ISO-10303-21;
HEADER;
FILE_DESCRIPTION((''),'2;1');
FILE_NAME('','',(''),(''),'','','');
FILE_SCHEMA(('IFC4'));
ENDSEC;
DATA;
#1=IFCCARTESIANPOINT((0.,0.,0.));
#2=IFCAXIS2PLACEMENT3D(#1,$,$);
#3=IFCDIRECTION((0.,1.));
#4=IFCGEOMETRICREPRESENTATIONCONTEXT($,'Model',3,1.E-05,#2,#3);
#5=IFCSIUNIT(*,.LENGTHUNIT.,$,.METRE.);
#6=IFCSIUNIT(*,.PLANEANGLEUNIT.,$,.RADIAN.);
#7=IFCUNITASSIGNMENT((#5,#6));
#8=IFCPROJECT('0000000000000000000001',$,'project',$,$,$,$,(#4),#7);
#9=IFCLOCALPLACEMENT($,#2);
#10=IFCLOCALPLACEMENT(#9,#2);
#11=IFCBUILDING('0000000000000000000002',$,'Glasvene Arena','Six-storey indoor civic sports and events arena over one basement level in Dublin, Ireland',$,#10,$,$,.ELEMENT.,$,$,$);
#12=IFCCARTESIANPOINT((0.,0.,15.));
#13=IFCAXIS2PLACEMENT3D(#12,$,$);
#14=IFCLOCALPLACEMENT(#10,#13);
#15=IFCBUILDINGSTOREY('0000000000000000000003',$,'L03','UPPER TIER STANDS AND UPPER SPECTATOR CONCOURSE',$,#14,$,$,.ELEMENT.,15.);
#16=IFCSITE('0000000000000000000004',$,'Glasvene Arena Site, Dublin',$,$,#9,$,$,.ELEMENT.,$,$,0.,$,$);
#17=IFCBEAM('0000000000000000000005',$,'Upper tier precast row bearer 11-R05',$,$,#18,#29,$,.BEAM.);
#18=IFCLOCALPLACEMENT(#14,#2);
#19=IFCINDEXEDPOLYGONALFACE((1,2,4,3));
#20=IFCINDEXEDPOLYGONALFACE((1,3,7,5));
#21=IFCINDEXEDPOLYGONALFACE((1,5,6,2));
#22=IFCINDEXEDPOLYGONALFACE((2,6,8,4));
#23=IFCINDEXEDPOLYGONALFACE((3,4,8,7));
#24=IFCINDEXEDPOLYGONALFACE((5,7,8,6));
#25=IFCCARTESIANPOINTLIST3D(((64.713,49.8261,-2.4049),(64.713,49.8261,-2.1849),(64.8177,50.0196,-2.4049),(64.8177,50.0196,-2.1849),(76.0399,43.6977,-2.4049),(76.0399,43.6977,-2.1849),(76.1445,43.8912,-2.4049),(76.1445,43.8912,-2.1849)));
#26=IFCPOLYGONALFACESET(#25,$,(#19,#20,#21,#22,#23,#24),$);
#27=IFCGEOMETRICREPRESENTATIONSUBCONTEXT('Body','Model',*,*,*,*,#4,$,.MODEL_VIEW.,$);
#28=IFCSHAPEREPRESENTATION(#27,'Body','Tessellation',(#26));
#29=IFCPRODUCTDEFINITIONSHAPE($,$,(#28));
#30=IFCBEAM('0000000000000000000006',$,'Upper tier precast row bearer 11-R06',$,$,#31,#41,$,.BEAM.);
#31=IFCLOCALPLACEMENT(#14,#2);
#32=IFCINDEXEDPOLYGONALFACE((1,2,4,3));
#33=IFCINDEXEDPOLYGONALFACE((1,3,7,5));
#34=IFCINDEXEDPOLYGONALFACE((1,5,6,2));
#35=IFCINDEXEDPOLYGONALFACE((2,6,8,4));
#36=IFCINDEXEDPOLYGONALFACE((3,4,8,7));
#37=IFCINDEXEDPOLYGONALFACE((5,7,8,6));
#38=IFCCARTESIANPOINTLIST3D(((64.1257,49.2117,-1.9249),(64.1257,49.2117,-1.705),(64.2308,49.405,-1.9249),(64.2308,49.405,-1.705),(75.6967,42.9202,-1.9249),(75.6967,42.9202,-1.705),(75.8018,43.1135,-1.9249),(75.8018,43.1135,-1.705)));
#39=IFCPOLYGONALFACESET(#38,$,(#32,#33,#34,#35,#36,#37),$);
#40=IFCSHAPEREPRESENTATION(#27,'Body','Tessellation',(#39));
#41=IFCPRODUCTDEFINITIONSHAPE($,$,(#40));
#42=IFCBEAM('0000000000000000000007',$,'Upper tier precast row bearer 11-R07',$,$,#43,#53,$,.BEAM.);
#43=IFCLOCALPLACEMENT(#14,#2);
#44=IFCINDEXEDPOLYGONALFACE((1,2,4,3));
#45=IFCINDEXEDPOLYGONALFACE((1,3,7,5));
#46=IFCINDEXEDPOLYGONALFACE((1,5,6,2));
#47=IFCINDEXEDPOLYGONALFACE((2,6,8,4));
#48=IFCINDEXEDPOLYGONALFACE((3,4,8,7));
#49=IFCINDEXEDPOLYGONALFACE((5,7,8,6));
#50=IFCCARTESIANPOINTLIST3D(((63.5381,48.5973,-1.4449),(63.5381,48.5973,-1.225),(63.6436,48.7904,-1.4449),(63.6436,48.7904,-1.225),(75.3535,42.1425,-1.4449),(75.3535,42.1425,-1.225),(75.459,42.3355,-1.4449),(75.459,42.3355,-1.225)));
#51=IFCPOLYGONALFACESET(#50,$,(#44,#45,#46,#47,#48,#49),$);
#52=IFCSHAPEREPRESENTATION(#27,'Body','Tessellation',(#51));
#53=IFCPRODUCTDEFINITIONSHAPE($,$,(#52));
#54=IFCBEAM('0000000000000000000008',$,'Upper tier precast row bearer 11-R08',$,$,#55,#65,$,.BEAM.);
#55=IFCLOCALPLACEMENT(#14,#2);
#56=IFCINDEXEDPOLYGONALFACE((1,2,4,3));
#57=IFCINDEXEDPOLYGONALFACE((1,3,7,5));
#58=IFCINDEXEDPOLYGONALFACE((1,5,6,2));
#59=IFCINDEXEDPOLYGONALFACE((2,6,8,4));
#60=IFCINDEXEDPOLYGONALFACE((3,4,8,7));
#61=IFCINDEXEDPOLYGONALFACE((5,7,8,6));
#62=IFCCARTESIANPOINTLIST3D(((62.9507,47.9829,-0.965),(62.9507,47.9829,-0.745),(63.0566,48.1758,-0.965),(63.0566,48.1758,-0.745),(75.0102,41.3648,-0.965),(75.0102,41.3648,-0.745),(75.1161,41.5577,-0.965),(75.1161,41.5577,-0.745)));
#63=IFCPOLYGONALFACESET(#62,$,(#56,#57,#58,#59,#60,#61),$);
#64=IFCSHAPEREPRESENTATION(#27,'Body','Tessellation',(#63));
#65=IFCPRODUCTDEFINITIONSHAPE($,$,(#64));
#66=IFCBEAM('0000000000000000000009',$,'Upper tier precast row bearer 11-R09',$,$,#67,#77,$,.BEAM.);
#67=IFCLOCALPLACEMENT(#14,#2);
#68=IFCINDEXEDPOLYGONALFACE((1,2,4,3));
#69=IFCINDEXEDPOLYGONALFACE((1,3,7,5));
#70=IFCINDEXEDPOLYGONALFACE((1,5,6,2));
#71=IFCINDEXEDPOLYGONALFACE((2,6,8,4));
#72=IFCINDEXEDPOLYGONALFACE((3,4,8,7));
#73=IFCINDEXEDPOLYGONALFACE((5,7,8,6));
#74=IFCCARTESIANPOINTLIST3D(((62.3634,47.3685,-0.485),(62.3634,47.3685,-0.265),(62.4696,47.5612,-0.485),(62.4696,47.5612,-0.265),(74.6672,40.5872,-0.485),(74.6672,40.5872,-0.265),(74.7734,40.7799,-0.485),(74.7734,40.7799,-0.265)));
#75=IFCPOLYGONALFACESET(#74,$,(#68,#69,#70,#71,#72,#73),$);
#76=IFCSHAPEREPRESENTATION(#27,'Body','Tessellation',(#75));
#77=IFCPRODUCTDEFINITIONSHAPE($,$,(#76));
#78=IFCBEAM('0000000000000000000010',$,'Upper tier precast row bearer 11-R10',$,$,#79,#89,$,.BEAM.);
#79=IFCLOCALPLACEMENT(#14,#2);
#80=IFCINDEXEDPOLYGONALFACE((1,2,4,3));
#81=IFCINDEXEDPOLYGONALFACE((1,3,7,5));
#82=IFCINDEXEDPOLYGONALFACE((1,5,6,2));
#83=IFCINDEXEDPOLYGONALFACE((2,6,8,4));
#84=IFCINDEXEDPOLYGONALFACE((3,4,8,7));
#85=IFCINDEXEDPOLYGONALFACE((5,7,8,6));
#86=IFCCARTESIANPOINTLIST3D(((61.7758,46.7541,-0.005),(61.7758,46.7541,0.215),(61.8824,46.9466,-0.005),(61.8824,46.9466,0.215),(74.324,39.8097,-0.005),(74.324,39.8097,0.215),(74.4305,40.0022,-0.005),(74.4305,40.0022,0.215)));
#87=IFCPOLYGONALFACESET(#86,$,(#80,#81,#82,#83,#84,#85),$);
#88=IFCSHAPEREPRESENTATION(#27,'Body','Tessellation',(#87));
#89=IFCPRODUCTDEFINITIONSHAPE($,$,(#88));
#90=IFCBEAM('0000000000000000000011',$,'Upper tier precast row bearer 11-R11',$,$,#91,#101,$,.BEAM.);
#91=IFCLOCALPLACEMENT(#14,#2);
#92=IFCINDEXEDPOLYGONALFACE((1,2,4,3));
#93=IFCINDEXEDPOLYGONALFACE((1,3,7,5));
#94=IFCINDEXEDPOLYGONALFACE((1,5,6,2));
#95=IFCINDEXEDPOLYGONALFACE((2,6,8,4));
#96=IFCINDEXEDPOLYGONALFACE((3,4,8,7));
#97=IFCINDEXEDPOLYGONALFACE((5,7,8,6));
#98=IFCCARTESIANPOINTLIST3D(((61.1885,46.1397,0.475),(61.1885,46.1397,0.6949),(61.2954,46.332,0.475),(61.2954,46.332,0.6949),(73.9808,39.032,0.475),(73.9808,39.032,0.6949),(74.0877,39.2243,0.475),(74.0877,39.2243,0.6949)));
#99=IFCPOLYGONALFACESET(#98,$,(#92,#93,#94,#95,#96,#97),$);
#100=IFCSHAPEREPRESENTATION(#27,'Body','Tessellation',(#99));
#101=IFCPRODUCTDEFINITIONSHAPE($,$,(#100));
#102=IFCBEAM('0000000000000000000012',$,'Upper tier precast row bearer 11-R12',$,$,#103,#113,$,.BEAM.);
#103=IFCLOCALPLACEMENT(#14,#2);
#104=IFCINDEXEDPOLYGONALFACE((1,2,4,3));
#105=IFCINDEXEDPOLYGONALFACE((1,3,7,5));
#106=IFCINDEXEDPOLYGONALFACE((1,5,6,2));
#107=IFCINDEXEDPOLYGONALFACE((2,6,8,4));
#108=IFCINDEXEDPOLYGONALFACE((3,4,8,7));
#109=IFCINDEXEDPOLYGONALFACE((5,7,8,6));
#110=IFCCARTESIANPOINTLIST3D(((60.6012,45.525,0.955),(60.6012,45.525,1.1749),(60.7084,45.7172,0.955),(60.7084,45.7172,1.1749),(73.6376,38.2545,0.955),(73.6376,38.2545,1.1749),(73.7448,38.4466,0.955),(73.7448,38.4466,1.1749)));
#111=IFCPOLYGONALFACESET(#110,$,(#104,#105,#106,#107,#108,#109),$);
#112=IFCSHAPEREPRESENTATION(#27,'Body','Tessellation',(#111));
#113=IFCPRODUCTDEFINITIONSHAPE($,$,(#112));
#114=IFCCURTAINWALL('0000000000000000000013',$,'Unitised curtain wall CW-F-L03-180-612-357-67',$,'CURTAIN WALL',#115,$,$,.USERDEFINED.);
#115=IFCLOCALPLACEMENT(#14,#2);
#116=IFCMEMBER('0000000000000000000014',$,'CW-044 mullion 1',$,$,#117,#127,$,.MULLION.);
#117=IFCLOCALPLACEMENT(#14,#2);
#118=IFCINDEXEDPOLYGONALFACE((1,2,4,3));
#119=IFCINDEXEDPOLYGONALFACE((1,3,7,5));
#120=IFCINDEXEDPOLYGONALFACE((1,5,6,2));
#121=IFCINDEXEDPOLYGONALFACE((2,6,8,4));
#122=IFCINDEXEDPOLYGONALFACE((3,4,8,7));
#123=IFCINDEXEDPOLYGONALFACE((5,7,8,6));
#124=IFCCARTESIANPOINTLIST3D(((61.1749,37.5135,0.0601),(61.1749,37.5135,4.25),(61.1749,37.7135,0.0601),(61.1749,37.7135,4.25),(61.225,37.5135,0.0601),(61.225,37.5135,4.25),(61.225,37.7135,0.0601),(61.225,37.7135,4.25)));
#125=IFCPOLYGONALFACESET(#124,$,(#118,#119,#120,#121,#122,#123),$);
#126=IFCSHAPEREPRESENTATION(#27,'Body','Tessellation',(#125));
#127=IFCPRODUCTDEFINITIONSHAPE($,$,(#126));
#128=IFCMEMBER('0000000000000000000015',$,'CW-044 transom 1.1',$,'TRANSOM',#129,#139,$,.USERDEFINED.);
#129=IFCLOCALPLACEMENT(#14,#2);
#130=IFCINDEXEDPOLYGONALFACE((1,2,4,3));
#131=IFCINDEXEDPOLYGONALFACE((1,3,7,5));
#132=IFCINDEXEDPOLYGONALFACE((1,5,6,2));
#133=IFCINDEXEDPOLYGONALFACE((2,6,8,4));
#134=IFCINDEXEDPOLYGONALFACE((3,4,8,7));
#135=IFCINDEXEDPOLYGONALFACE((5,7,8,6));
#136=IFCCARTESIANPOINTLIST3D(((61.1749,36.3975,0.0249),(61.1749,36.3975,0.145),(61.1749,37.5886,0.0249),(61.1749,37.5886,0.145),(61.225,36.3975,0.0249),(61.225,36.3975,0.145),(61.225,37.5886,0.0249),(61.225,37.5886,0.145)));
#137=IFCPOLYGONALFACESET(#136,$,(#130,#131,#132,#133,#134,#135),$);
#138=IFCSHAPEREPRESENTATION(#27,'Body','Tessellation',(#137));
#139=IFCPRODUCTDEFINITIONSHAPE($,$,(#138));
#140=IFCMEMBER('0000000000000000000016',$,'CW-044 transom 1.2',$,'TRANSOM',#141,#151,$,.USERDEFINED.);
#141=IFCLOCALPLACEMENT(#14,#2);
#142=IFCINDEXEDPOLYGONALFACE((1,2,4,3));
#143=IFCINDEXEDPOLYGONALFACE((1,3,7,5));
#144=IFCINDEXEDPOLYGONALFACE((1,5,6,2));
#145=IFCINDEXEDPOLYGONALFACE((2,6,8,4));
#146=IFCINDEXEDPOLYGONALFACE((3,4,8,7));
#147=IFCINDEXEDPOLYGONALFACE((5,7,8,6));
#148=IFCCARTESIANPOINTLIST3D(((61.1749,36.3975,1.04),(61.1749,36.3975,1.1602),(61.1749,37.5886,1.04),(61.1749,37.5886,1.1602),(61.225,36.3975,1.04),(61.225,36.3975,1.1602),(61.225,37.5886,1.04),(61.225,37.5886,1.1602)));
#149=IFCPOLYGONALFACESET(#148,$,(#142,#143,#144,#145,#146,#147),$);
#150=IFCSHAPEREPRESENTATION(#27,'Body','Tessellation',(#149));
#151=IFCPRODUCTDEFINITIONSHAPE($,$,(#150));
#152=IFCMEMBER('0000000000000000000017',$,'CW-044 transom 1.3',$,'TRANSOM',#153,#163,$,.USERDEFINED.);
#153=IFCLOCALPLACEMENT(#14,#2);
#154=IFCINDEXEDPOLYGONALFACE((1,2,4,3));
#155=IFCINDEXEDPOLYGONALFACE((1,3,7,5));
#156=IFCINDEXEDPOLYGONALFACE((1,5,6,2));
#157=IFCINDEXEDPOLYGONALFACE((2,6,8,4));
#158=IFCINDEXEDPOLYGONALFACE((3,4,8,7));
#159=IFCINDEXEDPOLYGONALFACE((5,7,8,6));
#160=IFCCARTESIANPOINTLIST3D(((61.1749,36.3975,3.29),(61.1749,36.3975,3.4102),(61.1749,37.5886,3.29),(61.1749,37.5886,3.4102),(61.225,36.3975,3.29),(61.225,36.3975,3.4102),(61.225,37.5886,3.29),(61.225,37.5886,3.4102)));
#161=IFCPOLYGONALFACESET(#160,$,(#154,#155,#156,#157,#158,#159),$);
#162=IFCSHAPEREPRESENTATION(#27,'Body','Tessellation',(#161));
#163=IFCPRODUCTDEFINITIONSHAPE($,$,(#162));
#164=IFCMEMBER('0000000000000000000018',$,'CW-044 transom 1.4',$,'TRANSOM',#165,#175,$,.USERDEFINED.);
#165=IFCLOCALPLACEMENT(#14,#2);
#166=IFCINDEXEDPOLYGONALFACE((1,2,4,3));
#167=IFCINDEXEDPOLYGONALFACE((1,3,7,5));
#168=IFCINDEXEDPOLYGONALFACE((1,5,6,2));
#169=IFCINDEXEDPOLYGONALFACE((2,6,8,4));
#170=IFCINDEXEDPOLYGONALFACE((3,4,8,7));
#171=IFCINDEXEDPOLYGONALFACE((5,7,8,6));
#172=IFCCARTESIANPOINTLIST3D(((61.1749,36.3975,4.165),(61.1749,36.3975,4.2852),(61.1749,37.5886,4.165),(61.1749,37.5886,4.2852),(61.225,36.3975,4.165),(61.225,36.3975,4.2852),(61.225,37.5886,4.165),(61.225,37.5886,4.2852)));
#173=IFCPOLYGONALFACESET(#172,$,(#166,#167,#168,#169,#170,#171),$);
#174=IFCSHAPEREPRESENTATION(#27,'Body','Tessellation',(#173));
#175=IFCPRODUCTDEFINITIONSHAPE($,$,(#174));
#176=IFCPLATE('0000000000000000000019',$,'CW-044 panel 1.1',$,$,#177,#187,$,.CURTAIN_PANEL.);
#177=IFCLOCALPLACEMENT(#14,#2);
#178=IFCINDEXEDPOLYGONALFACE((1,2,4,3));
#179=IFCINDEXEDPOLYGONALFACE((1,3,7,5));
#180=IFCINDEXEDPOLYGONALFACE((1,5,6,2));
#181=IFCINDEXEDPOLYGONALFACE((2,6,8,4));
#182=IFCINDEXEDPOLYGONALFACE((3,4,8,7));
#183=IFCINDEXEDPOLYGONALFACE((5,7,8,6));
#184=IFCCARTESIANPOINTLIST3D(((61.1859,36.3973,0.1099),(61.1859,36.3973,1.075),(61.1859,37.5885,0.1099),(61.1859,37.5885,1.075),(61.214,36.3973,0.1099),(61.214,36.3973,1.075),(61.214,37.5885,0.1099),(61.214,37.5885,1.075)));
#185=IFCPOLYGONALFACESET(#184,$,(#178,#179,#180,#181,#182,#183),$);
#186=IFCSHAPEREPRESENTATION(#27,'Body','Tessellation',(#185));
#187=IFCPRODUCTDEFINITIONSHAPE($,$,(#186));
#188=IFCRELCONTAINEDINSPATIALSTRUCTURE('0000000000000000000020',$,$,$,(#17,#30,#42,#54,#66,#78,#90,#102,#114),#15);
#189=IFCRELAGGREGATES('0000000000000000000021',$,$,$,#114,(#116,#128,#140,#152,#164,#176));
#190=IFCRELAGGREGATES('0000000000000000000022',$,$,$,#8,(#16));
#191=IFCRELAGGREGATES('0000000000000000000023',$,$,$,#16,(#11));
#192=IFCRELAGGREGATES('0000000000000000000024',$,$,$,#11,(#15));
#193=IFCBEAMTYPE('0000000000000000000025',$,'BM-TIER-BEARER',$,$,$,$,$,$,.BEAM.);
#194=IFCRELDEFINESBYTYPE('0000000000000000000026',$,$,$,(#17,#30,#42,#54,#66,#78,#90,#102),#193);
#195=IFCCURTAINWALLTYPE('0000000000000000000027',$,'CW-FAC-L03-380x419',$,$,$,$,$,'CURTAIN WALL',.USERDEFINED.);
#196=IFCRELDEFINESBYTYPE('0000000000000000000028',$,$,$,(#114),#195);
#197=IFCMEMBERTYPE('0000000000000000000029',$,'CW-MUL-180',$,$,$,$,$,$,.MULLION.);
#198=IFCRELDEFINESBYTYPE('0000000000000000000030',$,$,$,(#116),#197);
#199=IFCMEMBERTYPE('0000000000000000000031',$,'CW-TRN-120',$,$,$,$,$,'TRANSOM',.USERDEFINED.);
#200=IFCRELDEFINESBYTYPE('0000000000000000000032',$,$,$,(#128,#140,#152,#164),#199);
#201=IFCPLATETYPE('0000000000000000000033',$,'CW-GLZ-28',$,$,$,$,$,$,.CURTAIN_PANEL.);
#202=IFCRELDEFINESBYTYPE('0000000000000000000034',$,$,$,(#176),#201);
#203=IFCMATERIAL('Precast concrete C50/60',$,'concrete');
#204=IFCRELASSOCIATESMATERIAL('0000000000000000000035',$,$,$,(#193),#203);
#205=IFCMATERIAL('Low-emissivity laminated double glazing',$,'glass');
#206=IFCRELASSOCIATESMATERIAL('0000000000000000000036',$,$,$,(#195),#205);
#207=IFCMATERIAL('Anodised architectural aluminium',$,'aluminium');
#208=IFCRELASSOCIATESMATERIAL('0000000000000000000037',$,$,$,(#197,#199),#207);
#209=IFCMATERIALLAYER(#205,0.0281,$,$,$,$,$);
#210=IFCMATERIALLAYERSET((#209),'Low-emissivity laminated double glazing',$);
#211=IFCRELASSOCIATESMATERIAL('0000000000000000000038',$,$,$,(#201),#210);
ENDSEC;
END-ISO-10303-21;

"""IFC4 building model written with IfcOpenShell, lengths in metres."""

from ifc_helpers import new_model, si_unit, direction, frame, origin, origin_2d, place, context, subcontext, project, spatial, rectangle, extrude, material, layer, layer_set, material_profile, profile_set, type_object, element, aggregate, save


model = new_model("IFC4")

# Units and contexts
model_context = context("Model", 3, precision=1e-05, world=origin(), true_north=direction((0.0, 1.0)))
body_context = subcontext(model_context, "Body", "Model", "MODEL_VIEW")
ifc_project = project(units=[si_unit("LENGTHUNIT", "METRE"), si_unit("PLANEANGLEUNIT", "RADIAN")], contexts=[model_context])

# Site, building, storey
site_placement = place(None, origin())
site = spatial("IfcSite", under=ifc_project, at=site_placement, Name="Glasvene Arena Site, Dublin", CompositionType="ELEMENT", RefElevation=0.0)
building_placement = place(site_placement, origin())
building = spatial("IfcBuilding", under=site, at=building_placement, Name="Glasvene Arena", Description="Six-storey indoor civic sports and events arena over one basement level in Dublin, Ireland", CompositionType="ELEMENT")
storey_placement = place(building_placement, frame((0.0, 0.0, 15.0)))
storey = spatial("IfcBuildingStorey", under=building, at=storey_placement, Name="L03", Description="UPPER TIER STANDS AND UPPER SPECTATOR CONCOURSE", CompositionType="ELEMENT", Elevation=15.0)

# Beams
ifc_material_1 = material(Name="Precast concrete C50/60", Category="concrete")
ifc_material_profile_1 = material_profile(ifc_material_1, rectangle(XDim=0.22, YDim=0.22, at=origin_2d()), Name="RC 220x220")
ifc_profile_set_1 = profile_set([ifc_material_profile_1], Name="Precast concrete C50/60")
beam_type_1 = type_object("IfcBeamType", Name="BM-TIER-BEARER", PredefinedType="BEAM", material=ifc_profile_set_1)
beam_1_placement = place(storey_placement, frame((64.7654, 49.9229, -2.2949), z_axis=(0.879519, -0.475864, 0.0), x_axis=(0.475864, 0.879519, 0.0)))
element("IfcBeam", 1, at=beam_1_placement, inside=storey, type_object=beam_type_1, Name="Upper tier precast row bearer 11-R05", PredefinedType="BEAM", context=body_context, shape_type="SweptSolid", body=[
    extrude(rectangle(XDim=0.22, YDim=0.22, at=origin_2d()), origin(), (0.0, 0.0, 1.0), 12.8784),
])
beam_2_placement = place(storey_placement, frame((64.1782, 49.3083, -1.8149), z_axis=(0.878532, -0.477683, 0.0), x_axis=(0.477683, 0.878532, 0.0)))
element("IfcBeam", 2, at=beam_2_placement, inside=storey, type_object=beam_type_1, Name="Upper tier precast row bearer 11-R06", PredefinedType="BEAM", context=body_context, shape_type="SweptSolid", body=[
    extrude(rectangle(XDim=0.22, YDim=0.22, at=origin_2d()), origin(), (0.0, 0.0, 1.0), 13.1709),
])
beam_3_placement = place(storey_placement, frame((63.5908, 48.6938, -1.335), z_axis=(0.877581, -0.479428, 0.0), x_axis=(0.479428, 0.877581, 0.0)))
element("IfcBeam", 3, at=beam_3_placement, inside=storey, type_object=beam_type_1, Name="Upper tier precast row bearer 11-R07", PredefinedType="BEAM", context=body_context, shape_type="SweptSolid", body=[
    extrude(rectangle(XDim=0.22, YDim=0.22, at=origin_2d()), origin(), (0.0, 0.0, 1.0), 13.4636),
])
beam_4_placement = place(storey_placement, frame((63.0037, 48.0793, -0.855), z_axis=(0.876664, -0.481104, 0.0), x_axis=(0.481104, 0.876664, 0.0)))
element("IfcBeam", 4, at=beam_4_placement, inside=storey, type_object=beam_type_1, Name="Upper tier precast row bearer 11-R08", PredefinedType="BEAM", context=body_context, shape_type="SweptSolid", body=[
    extrude(rectangle(XDim=0.22, YDim=0.22, at=origin_2d()), origin(), (0.0, 0.0, 1.0), 13.7561),
])
beam_5_placement = place(storey_placement, frame((62.4165, 47.4648, -0.375), z_axis=(0.875788, -0.482695, 0.0), x_axis=(0.482695, 0.875788, 0.0)))
element("IfcBeam", 5, at=beam_5_placement, inside=storey, type_object=beam_type_1, Name="Upper tier precast row bearer 11-R09", PredefinedType="BEAM", context=body_context, shape_type="SweptSolid", body=[
    extrude(rectangle(XDim=0.22, YDim=0.22, at=origin_2d()), origin(), (0.0, 0.0, 1.0), 14.0488),
])
beam_6_placement = place(storey_placement, frame((61.8291, 46.8503, 0.105), z_axis=(0.87495, -0.484213, 0.0), x_axis=(0.484213, 0.87495, 0.0)))
element("IfcBeam", 6, at=beam_6_placement, inside=storey, type_object=beam_type_1, Name="Upper tier precast row bearer 11-R10", PredefinedType="BEAM", context=body_context, shape_type="SweptSolid", body=[
    extrude(rectangle(XDim=0.22, YDim=0.22, at=origin_2d()), origin(), (0.0, 0.0, 1.0), 14.3416),
])
beam_7_placement = place(storey_placement, frame((61.2419, 46.2358, 0.585), z_axis=(0.874132, -0.485688, 0.0), x_axis=(0.485688, 0.874132, 0.0)))
element("IfcBeam", 7, at=beam_7_placement, inside=storey, type_object=beam_type_1, Name="Upper tier precast row bearer 11-R11", PredefinedType="BEAM", context=body_context, shape_type="SweptSolid", body=[
    extrude(rectangle(XDim=0.22, YDim=0.22, at=origin_2d()), origin(), (0.0, 0.0, 1.0), 14.6343),
])
beam_8_placement = place(storey_placement, frame((60.6548, 45.6211, 1.0649), z_axis=(0.873358, -0.48708, 0.0), x_axis=(0.48708, 0.873358, 0.0)))
element("IfcBeam", 8, at=beam_8_placement, inside=storey, type_object=beam_type_1, Name="Upper tier precast row bearer 11-R12", PredefinedType="BEAM", context=body_context, shape_type="SweptSolid", body=[
    extrude(rectangle(XDim=0.22, YDim=0.22, at=origin_2d()), origin(), (0.0, 0.0, 1.0), 14.9268),
])

# Curtain wall, members, plate
ifc_material_2 = material(Name="Low-emissivity laminated double glazing", Category="glass")
curtain_wall_type = type_object("IfcCurtainWallType", Name="CW-FAC-L03-380x419", ElementType="CURTAIN WALL", PredefinedType="USERDEFINED", material=ifc_material_2)
curtain_wall_placement = place(storey_placement, frame((61.2, 37.6387, 0.0)))
curtain_wall = element("IfcCurtainWall", 9, at=curtain_wall_placement, inside=storey, type_object=curtain_wall_type, Name="Unitised curtain wall CW-F-L03-180-612-357-67", ObjectType="CURTAIN WALL", PredefinedType="USERDEFINED")
ifc_material_3 = material(Name="Anodised architectural aluminium", Category="aluminium")
ifc_material_profile_2 = material_profile(ifc_material_3, rectangle(XDim=0.05, YDim=0.2, at=origin_2d()), Name="ALU MULLION 50x200")
ifc_profile_set_2 = profile_set([ifc_material_profile_2], Name="Anodised architectural aluminium")
member_type_1 = type_object("IfcMemberType", Name="CW-MUL-180", PredefinedType="MULLION", material=ifc_profile_set_2)
member_1_placement = place(storey_placement, frame((61.2, 37.6135, 0.0601), z_axis=(0.0, 0.0, 1.0), x_axis=(1.0, 0.0, 0.0)))
member_1 = element("IfcMember", 10, at=member_1_placement, type_object=member_type_1, Name="CW-044 mullion 1", PredefinedType="MULLION", context=body_context, shape_type="SweptSolid", body=[
    extrude(rectangle(XDim=0.05, YDim=0.2, at=origin_2d()), origin(), (0.0, 0.0, 1.0), 4.1899),
])
ifc_material_profile_3 = material_profile(ifc_material_3, rectangle(XDim=0.05, YDim=0.1201, at=origin_2d()), Name="ALU TRANSOM 50x120")
ifc_profile_set_3 = profile_set([ifc_material_profile_3], Name="Anodised architectural aluminium")
member_type_2 = type_object("IfcMemberType", Name="CW-TRN-120", ElementType="TRANSOM", PredefinedType="USERDEFINED", material=ifc_profile_set_3)
member_2_placement = place(storey_placement, frame((61.2, 37.5886, 0.085), z_axis=(0.0, -1.0, 0.0), x_axis=(1.0, 0.0, 0.0)))
member_2 = element("IfcMember", 11, at=member_2_placement, type_object=member_type_2, Name="CW-044 transom 1.1", ObjectType="TRANSOM", PredefinedType="USERDEFINED", context=body_context, shape_type="SweptSolid", body=[
    extrude(rectangle(XDim=0.05, YDim=0.1201, at=origin_2d()), origin(), (0.0, 0.0, 1.0), 1.1912),
])
member_3_placement = place(storey_placement, frame((61.2, 37.5886, 1.1001), z_axis=(0.0, -1.0, 0.0), x_axis=(1.0, 0.0, 0.0)))
member_3 = element("IfcMember", 12, at=member_3_placement, type_object=member_type_2, Name="CW-044 transom 1.2", ObjectType="TRANSOM", PredefinedType="USERDEFINED", context=body_context, shape_type="SweptSolid", body=[
    extrude(rectangle(XDim=0.05, YDim=0.1201, at=origin_2d()), origin(), (0.0, 0.0, 1.0), 1.1912),
])
member_4_placement = place(storey_placement, frame((61.2, 37.5886, 3.3501), z_axis=(0.0, -1.0, 0.0), x_axis=(1.0, 0.0, 0.0)))
member_4 = element("IfcMember", 13, at=member_4_placement, type_object=member_type_2, Name="CW-044 transom 1.3", ObjectType="TRANSOM", PredefinedType="USERDEFINED", context=body_context, shape_type="SweptSolid", body=[
    extrude(rectangle(XDim=0.05, YDim=0.1201, at=origin_2d()), origin(), (0.0, 0.0, 1.0), 1.1912),
])
member_5_placement = place(storey_placement, frame((61.2, 37.5886, 4.2251), z_axis=(0.0, -1.0, 0.0), x_axis=(1.0, 0.0, 0.0)))
member_5 = element("IfcMember", 14, at=member_5_placement, type_object=member_type_2, Name="CW-044 transom 1.4", ObjectType="TRANSOM", PredefinedType="USERDEFINED", context=body_context, shape_type="SweptSolid", body=[
    extrude(rectangle(XDim=0.05, YDim=0.1201, at=origin_2d()), origin(), (0.0, 0.0, 1.0), 1.1912),
])
ifc_layer_1 = layer(ifc_material_2, 0.0281)
ifc_layer_set_1 = layer_set([ifc_layer_1], Name="Low-emissivity laminated double glazing")
plate_type = type_object("IfcPlateType", Name="CW-GLZ-28", PredefinedType="CURTAIN_PANEL", material=ifc_layer_set_1)
plate_1_placement = place(storey_placement, frame((61.2, 36.9929, 0.1099), z_axis=(0.0, 0.0, 1.0), x_axis=(0.0, -1.0, 0.0)))
plate_1 = element("IfcPlate", 15, at=plate_1_placement, type_object=plate_type, Name="CW-044 panel 1.1", PredefinedType="CURTAIN_PANEL", context=body_context, shape_type="SweptSolid", body=[
    extrude(rectangle(XDim=1.1912, YDim=0.0281, at=origin_2d()), origin(), (0.0, 0.0, 1.0), 0.9651),
])
aggregate(curtain_wall, [member_1, member_2, member_3, member_4, member_5, plate_1])

save(model, "model.ifc")
